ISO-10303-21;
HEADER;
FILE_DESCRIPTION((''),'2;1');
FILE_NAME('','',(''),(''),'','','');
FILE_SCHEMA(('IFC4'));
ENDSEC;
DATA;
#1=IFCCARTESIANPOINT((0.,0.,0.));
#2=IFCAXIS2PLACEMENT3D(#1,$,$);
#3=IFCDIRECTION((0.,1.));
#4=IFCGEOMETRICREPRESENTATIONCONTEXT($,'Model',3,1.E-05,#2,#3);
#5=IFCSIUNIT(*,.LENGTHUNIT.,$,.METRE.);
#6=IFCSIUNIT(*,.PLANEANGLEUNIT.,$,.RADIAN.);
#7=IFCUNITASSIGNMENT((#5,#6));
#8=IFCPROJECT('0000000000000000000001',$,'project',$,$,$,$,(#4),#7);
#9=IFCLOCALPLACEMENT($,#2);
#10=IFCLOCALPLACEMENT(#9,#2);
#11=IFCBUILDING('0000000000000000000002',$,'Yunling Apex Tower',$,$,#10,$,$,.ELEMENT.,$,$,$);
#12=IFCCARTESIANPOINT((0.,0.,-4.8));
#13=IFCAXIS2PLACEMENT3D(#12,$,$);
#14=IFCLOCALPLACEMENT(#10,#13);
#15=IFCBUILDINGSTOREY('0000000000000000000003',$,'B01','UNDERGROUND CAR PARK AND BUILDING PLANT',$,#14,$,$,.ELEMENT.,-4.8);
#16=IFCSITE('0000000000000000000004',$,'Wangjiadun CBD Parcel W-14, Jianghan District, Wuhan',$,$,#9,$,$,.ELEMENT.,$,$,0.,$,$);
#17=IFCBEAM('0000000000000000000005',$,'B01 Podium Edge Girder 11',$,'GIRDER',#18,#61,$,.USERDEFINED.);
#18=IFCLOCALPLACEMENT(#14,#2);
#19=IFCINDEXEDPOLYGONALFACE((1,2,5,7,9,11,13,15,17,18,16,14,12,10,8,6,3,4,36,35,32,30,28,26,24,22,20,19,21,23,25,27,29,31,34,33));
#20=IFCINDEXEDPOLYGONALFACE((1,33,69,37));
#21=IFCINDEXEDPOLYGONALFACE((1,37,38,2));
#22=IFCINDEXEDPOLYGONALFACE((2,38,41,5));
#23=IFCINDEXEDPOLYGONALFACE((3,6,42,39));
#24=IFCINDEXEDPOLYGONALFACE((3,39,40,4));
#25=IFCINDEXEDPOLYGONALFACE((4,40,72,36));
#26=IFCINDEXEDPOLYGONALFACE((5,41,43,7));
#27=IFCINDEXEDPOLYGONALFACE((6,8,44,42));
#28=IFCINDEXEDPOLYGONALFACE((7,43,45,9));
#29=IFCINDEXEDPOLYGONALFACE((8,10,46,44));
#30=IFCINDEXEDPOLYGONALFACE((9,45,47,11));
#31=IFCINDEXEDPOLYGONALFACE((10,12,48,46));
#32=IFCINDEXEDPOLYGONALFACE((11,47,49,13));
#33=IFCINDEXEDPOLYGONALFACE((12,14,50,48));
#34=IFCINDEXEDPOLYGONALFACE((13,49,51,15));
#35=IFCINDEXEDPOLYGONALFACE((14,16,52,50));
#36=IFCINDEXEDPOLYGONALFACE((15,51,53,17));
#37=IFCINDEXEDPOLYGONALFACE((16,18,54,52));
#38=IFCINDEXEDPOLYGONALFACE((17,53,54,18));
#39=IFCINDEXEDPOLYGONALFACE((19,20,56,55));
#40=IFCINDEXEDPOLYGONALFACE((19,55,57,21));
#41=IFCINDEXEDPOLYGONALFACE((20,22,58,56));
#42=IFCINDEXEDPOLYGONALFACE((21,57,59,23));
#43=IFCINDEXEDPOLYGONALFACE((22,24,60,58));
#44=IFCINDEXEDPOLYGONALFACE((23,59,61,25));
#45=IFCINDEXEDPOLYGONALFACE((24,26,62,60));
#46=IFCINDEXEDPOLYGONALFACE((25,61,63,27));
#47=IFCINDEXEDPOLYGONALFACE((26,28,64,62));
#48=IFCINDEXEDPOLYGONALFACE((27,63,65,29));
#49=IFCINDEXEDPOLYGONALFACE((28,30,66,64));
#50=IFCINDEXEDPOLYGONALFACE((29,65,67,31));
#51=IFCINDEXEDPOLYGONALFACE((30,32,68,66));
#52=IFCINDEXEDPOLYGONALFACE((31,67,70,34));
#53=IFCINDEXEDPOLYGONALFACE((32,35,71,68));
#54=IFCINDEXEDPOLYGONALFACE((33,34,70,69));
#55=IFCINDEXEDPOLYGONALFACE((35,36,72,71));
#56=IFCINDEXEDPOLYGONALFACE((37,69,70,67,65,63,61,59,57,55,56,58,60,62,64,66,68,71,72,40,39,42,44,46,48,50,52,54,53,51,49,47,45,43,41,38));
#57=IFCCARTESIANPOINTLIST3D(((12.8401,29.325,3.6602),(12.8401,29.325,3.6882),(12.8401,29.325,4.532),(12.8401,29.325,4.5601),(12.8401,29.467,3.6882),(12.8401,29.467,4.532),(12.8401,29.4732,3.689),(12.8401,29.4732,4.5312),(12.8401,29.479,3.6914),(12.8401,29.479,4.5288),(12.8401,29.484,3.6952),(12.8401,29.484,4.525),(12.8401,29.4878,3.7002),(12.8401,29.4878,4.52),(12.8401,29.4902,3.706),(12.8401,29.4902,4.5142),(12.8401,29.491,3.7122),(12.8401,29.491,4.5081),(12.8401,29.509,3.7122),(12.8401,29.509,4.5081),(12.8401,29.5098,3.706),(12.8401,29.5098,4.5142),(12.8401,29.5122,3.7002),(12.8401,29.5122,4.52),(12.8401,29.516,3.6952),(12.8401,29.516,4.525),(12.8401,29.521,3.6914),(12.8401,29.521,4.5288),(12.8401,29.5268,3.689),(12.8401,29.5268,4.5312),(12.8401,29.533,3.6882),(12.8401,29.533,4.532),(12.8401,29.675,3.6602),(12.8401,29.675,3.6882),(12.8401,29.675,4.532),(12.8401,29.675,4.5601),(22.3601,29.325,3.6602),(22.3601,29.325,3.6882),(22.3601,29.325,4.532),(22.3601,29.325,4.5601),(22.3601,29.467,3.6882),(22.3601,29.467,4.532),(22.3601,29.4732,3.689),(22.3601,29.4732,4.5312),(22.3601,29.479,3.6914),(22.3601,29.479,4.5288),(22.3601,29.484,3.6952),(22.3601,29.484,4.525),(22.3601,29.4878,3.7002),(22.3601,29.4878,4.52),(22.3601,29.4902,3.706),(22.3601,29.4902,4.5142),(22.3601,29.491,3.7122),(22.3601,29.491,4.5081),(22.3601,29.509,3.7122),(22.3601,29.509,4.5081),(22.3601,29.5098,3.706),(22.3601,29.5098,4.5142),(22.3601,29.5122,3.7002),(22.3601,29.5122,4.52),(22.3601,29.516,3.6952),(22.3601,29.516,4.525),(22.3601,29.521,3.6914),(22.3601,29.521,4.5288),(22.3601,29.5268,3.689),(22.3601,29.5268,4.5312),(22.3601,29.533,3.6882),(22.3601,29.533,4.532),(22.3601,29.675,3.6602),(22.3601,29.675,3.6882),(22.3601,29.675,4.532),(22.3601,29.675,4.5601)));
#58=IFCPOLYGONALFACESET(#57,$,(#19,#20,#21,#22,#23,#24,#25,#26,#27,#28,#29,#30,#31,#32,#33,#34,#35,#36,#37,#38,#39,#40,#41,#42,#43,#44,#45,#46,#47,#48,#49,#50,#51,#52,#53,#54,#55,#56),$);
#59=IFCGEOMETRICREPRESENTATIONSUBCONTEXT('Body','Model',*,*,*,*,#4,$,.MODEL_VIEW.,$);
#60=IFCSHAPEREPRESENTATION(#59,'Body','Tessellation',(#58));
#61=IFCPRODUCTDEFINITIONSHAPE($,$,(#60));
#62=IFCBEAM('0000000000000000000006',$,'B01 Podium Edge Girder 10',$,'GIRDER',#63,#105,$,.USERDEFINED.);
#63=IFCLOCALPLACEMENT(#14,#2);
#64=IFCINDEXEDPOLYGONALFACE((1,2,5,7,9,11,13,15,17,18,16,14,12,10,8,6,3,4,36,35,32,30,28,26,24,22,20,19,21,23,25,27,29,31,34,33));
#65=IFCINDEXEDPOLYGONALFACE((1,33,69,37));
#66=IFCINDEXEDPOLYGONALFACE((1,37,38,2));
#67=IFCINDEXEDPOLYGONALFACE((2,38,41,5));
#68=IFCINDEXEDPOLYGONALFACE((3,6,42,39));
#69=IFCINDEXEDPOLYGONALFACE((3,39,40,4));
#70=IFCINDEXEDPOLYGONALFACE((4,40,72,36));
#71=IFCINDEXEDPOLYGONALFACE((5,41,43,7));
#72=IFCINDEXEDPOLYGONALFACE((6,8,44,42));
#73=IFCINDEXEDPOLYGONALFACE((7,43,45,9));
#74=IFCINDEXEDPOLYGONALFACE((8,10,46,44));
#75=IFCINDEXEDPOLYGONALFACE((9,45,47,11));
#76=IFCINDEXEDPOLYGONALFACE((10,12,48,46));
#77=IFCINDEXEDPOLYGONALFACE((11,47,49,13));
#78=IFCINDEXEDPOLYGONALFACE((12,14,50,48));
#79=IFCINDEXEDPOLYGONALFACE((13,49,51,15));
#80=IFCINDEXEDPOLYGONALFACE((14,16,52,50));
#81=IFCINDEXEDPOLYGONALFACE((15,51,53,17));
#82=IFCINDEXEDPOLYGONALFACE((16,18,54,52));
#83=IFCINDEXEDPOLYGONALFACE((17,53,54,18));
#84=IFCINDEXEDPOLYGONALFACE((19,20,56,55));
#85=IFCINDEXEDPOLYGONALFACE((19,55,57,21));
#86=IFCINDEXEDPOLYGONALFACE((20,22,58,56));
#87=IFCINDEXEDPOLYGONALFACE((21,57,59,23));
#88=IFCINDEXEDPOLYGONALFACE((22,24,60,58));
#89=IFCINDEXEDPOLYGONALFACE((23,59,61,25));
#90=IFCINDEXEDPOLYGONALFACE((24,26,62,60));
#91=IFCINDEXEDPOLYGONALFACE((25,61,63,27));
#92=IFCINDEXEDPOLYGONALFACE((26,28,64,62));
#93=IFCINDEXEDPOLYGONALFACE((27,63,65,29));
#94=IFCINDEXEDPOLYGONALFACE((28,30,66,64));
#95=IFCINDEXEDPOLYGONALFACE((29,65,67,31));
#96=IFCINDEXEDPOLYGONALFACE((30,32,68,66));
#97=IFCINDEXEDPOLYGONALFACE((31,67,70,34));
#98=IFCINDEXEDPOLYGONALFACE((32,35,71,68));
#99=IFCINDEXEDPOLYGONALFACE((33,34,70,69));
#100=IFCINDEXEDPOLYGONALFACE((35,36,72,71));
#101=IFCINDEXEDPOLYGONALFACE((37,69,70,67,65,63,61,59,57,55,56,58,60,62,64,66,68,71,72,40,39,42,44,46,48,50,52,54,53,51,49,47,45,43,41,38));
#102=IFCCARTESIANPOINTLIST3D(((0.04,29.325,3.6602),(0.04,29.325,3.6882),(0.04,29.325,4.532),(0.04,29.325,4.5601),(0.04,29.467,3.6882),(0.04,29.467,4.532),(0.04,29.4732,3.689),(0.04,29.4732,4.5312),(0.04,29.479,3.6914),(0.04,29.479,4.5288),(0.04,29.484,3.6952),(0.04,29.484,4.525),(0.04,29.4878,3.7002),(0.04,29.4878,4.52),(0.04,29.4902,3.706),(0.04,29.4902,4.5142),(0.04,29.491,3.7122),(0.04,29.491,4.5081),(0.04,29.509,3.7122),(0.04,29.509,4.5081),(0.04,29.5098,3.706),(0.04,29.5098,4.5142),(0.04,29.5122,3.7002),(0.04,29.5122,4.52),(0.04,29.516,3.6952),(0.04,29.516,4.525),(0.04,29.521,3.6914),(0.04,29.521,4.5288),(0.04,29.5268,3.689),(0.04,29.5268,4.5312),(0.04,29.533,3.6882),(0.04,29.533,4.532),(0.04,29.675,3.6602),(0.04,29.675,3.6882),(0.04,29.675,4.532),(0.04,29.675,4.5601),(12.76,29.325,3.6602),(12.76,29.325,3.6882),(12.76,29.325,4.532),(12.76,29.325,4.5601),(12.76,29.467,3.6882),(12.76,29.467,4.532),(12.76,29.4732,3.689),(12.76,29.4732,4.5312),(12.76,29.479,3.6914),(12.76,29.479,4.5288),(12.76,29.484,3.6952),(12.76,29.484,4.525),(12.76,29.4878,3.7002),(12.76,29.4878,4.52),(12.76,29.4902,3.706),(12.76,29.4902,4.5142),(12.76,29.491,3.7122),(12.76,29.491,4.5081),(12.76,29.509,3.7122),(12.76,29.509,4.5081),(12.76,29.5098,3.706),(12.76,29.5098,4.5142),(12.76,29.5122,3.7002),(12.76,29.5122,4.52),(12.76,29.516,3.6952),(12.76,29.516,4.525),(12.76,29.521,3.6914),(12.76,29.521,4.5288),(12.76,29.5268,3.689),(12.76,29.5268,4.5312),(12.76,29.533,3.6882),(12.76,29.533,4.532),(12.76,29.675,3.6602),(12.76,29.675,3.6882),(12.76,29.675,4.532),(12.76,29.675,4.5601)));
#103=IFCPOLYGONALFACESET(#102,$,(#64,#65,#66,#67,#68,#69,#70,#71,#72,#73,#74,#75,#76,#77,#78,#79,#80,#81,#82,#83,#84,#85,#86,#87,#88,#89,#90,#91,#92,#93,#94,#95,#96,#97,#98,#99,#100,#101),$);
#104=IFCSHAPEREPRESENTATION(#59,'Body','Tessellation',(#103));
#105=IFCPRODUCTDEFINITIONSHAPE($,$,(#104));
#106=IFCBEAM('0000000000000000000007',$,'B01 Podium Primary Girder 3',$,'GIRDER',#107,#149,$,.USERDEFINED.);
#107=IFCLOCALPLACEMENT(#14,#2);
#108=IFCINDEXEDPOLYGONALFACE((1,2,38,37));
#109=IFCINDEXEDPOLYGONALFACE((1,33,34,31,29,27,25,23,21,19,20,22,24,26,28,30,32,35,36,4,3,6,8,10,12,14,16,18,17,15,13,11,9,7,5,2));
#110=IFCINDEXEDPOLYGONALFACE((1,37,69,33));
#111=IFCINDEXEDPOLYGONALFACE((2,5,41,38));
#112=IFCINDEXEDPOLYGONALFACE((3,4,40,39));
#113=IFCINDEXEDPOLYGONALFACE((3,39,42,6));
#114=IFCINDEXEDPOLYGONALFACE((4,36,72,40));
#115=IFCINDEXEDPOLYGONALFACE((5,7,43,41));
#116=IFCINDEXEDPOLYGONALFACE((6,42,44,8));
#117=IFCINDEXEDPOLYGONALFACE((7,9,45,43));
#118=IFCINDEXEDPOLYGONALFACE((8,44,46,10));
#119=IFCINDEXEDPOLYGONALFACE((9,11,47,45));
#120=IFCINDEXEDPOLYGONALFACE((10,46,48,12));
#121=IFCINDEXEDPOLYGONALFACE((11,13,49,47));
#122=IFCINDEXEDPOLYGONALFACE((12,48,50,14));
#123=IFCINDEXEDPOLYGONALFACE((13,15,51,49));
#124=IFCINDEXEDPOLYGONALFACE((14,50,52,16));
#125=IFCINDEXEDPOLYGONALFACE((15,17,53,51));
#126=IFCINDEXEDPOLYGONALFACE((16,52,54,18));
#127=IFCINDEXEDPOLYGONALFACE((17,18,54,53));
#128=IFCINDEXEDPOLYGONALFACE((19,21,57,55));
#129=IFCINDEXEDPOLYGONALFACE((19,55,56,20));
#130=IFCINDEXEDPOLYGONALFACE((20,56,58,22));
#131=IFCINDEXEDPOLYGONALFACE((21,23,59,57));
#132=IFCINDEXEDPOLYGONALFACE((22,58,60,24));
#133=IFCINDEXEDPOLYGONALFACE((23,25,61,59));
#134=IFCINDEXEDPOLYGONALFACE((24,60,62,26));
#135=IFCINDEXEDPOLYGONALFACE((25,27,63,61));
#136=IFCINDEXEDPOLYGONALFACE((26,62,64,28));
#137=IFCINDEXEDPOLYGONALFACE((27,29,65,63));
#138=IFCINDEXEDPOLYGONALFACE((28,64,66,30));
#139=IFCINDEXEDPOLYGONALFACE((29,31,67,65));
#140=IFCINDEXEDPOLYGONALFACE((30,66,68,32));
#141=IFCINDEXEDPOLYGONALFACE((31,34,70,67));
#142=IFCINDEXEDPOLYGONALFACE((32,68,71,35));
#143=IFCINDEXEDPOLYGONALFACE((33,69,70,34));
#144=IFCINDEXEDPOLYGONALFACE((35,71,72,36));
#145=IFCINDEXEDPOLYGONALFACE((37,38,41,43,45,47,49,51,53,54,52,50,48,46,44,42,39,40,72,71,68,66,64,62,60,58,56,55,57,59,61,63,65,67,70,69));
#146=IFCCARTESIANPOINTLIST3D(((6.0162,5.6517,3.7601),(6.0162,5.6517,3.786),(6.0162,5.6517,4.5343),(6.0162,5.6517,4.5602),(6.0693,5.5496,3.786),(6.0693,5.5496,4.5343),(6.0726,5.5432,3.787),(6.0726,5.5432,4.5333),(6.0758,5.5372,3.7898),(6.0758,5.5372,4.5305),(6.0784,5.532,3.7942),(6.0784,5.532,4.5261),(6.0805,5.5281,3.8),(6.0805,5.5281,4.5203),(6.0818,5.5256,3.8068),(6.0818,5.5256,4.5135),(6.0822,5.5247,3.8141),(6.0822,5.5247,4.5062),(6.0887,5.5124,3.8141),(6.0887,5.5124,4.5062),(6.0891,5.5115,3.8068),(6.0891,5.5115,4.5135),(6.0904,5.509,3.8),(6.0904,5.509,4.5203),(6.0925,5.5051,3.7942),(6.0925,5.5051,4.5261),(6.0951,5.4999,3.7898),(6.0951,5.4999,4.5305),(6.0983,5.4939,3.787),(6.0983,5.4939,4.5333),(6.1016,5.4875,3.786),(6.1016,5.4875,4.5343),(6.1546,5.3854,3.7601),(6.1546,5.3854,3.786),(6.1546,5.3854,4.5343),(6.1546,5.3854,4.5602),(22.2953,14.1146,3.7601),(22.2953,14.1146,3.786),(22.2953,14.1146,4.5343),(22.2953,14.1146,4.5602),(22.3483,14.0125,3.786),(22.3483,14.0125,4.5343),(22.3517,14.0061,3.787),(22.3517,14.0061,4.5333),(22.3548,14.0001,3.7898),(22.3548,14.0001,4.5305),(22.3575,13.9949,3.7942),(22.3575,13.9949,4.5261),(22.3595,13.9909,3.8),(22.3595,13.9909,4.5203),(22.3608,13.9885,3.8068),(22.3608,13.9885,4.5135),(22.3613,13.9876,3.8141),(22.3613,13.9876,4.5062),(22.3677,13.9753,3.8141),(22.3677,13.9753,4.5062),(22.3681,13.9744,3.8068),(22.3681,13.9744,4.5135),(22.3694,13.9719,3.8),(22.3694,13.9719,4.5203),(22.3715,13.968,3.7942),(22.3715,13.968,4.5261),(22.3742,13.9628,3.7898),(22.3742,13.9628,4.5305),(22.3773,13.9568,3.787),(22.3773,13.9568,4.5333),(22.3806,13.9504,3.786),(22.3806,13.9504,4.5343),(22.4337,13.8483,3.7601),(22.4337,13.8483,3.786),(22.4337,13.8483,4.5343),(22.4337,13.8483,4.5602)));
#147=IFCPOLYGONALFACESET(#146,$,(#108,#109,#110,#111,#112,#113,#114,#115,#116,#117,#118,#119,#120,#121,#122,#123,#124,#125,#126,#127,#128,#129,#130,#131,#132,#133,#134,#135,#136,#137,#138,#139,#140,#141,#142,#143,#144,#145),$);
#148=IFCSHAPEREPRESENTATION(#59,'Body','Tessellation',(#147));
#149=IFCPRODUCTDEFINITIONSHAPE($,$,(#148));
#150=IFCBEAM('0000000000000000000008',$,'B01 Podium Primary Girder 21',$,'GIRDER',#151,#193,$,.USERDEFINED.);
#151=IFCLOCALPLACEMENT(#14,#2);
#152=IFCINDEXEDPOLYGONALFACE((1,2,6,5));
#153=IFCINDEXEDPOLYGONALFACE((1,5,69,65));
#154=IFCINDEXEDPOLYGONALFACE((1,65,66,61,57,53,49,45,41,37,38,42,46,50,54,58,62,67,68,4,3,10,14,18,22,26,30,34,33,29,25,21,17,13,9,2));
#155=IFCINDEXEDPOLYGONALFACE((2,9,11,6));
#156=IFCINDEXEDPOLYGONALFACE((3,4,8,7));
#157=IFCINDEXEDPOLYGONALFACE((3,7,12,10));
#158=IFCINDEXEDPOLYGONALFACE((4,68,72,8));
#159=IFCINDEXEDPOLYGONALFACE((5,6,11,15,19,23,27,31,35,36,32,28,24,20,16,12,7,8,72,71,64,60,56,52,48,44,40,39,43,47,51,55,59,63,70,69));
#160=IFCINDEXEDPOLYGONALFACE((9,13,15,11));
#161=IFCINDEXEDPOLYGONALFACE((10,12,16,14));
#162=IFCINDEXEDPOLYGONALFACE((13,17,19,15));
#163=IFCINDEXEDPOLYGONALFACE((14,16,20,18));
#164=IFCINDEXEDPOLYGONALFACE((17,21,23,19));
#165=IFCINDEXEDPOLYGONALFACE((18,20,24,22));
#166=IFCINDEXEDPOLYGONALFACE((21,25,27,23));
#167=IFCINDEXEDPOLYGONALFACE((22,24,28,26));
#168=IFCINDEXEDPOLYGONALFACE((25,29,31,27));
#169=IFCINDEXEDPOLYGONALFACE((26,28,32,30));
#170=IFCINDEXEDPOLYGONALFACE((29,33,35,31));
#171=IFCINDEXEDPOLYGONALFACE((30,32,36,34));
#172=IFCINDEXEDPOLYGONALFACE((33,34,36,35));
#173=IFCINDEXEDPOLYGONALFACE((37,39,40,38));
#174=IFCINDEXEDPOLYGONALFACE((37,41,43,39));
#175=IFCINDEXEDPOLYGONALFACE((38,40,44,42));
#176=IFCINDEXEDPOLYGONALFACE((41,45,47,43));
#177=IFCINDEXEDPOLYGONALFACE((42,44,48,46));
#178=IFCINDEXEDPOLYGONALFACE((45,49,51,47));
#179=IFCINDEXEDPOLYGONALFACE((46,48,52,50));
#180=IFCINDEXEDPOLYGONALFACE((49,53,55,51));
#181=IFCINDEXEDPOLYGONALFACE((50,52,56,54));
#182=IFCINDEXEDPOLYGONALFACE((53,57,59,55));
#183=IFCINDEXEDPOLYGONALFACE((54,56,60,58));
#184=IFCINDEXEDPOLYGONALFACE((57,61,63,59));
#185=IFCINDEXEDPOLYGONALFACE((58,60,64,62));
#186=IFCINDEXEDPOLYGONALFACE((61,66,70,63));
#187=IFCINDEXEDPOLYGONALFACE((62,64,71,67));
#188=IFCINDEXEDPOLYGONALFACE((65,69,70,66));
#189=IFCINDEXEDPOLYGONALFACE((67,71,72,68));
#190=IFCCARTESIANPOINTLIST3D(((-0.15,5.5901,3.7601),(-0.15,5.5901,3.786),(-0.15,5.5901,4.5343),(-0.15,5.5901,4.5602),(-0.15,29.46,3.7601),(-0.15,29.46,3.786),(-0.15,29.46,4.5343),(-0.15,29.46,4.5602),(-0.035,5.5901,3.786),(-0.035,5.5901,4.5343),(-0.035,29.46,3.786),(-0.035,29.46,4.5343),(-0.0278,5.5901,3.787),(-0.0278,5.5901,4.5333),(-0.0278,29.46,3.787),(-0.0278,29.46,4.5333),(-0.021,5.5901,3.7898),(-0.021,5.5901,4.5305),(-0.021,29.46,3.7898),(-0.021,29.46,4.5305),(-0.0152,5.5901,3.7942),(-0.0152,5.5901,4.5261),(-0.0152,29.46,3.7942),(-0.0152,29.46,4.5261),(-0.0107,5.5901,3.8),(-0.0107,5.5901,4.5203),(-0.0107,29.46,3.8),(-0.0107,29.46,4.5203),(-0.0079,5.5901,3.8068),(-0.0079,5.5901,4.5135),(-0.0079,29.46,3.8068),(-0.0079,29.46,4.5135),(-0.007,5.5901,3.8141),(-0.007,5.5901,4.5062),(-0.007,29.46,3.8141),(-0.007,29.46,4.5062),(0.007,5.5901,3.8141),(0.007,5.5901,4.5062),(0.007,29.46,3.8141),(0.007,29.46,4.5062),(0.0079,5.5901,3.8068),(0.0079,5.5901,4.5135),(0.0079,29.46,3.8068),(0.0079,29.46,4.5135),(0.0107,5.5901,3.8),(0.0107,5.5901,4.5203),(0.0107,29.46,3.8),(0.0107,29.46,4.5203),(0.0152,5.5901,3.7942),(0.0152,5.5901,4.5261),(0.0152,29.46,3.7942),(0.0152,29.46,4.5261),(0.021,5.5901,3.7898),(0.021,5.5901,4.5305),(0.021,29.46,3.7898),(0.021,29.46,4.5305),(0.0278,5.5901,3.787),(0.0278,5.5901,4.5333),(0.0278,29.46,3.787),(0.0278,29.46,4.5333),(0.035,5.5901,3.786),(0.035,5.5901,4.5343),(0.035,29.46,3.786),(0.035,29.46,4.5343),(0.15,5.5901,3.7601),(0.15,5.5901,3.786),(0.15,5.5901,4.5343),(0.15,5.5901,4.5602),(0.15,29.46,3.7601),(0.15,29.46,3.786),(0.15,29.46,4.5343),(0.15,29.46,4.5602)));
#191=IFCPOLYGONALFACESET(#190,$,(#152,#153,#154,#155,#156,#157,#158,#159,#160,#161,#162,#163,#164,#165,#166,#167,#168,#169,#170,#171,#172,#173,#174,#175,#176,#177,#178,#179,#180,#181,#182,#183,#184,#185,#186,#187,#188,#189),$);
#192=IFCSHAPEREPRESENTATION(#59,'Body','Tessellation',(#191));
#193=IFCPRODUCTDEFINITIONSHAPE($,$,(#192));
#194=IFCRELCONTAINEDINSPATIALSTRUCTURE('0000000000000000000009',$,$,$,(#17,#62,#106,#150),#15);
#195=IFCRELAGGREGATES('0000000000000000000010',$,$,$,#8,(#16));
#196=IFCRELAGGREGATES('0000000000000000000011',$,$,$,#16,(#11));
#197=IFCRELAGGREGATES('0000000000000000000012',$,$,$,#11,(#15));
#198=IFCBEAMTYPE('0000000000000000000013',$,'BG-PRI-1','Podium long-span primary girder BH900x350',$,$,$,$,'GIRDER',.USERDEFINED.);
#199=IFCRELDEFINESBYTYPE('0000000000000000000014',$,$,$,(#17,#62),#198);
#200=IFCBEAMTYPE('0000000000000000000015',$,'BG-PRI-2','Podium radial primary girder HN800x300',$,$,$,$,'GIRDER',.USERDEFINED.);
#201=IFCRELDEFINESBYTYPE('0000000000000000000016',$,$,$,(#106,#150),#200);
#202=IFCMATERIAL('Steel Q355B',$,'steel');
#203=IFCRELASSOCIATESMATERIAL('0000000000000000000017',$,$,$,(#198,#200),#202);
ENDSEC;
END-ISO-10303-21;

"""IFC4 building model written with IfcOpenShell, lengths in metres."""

from ifc_helpers import new_model, si_unit, direction, frame, origin, origin_2d, place, context, subcontext, project, spatial, i_section, extrude, source, transform, mapped, material, material_profile, profile_set, type_object, element, save


model = new_model("IFC4")

# Units and contexts
model_context = context("Model", 3, precision=1e-05, world=origin(), true_north=direction((0.0, 1.0)))
body_context = subcontext(model_context, "Body", "Model", "MODEL_VIEW")
ifc_project = project(units=[si_unit("LENGTHUNIT", "METRE"), si_unit("PLANEANGLEUNIT", "RADIAN")], contexts=[model_context])

# Site, building, storey
site_placement = place(None, origin())
site = spatial("IfcSite", under=ifc_project, at=site_placement, Name="Wangjiadun CBD Parcel W-14, Jianghan District, Wuhan", CompositionType="ELEMENT", RefElevation=0.0)
building_placement = place(site_placement, origin())
building = spatial("IfcBuilding", under=site, at=building_placement, Name="Yunling Apex Tower", CompositionType="ELEMENT")
storey_placement = place(building_placement, frame((0.0, 0.0, -4.8)))
storey = spatial("IfcBuildingStorey", under=building, at=storey_placement, Name="B01", Description="UNDERGROUND CAR PARK AND BUILDING PLANT", CompositionType="ELEMENT", Elevation=-4.8)

# Beams
ifc_material_1 = material(Name="Steel Q355B", Category="steel")
ifc_material_profile_1 = material_profile(ifc_material_1, i_section(OverallWidth=0.3501, OverallDepth=0.8999, WebThickness=0.0181, FlangeThickness=0.0281, FilletRadius=0.0239, at=origin_2d()))
ifc_profile_set_1 = profile_set([ifc_material_profile_1], Name="Steel Q355B")
beam_type_1 = type_object("IfcBeamType", Name="BG-PRI-1", Description="Podium long-span primary girder BH900x350", ElementType="GIRDER", PredefinedType="USERDEFINED", material=ifc_profile_set_1)
shared_shape_1 = source(origin(), body_context, "Body", "SweptSolid", [
    extrude(i_section(OverallWidth=0.3501, OverallDepth=0.8999, WebThickness=0.0181, FlangeThickness=0.0281, FilletRadius=0.0239, at=origin_2d()), origin(), (0.0, 0.0, 1.0), 9.52),
])
beam_1_placement = place(storey_placement, frame((12.8401, 29.5, 4.1101), z_axis=(1.0, 0.0, 0.0), x_axis=(0.0, 1.0, 0.0)))
element("IfcBeam", 1, at=beam_1_placement, inside=storey, type_object=beam_type_1, Name="B01 Podium Edge Girder 11", ObjectType="GIRDER", PredefinedType="USERDEFINED", context=body_context, shape_type="MappedRepresentation", body=[
    mapped(shared_shape_1, transform((0.0, 0.0, 0.0), scale=1.0)),
])
shared_shape_2 = source(origin(), body_context, "Body", "SweptSolid", [
    extrude(i_section(OverallWidth=0.3501, OverallDepth=0.8999, WebThickness=0.0181, FlangeThickness=0.0281, FilletRadius=0.0239, at=origin_2d()), origin(), (0.0, 0.0, 1.0), 12.72),
])
beam_2_placement = place(storey_placement, frame((0.04, 29.5, 4.1101), z_axis=(1.0, 0.0, 0.0), x_axis=(0.0, 1.0, 0.0)))
element("IfcBeam", 2, at=beam_2_placement, inside=storey, type_object=beam_type_1, Name="B01 Podium Edge Girder 10", ObjectType="GIRDER", PredefinedType="USERDEFINED", context=body_context, shape_type="MappedRepresentation", body=[
    mapped(shared_shape_2, transform((0.0, 0.0, 0.0), scale=1.0)),
])
ifc_material_profile_2 = material_profile(ifc_material_1, i_section(OverallWidth=0.3, OverallDepth=0.8, WebThickness=0.0139, FlangeThickness=0.0259, FilletRadius=0.0281, at=origin_2d()))
ifc_profile_set_2 = profile_set([ifc_material_profile_2], Name="Steel Q355B")
beam_type_2 = type_object("IfcBeamType", Name="BG-PRI-2", Description="Podium radial primary girder HN800x300", ElementType="GIRDER", PredefinedType="USERDEFINED", material=ifc_profile_set_2)
shared_shape_3 = source(origin(), body_context, "Body", "SweptSolid", [
    extrude(i_section(OverallWidth=0.3, OverallDepth=0.8, WebThickness=0.0139, FlangeThickness=0.0259, FilletRadius=0.0281, at=origin_2d()), origin(), (0.0, 0.0, 1.0), 18.3474),
])
beam_3_placement = place(storey_placement, frame((6.0854, 5.5186, 4.1602), z_axis=(0.887266, 0.461258, 0.0), x_axis=(-0.461258, 0.887266, 0.0)))
element("IfcBeam", 3, at=beam_3_placement, inside=storey, type_object=beam_type_2, Name="B01 Podium Primary Girder 3", ObjectType="GIRDER", PredefinedType="USERDEFINED", context=body_context, shape_type="MappedRepresentation", body=[
    mapped(shared_shape_3, transform((0.0, 0.0, 0.0), scale=1.0)),
])
shared_shape_4 = source(origin(), body_context, "Body", "SweptSolid", [
    extrude(i_section(OverallWidth=0.3, OverallDepth=0.8, WebThickness=0.0139, FlangeThickness=0.0259, FilletRadius=0.0281, at=origin_2d()), origin(), (0.0, 0.0, 1.0), 23.8699),
])
beam_4_placement = place(storey_placement, frame((0.0, 29.46, 4.1602), z_axis=(0.0, -1.0, 0.0), x_axis=(1.0, 0.0, 0.0)))
element("IfcBeam", 4, at=beam_4_placement, inside=storey, type_object=beam_type_2, Name="B01 Podium Primary Girder 21", ObjectType="GIRDER", PredefinedType="USERDEFINED", context=body_context, shape_type="MappedRepresentation", body=[
    mapped(shared_shape_4, transform((0.0, 0.0, 0.0), scale=1.0)),
])

save(model, "model.ifc")
